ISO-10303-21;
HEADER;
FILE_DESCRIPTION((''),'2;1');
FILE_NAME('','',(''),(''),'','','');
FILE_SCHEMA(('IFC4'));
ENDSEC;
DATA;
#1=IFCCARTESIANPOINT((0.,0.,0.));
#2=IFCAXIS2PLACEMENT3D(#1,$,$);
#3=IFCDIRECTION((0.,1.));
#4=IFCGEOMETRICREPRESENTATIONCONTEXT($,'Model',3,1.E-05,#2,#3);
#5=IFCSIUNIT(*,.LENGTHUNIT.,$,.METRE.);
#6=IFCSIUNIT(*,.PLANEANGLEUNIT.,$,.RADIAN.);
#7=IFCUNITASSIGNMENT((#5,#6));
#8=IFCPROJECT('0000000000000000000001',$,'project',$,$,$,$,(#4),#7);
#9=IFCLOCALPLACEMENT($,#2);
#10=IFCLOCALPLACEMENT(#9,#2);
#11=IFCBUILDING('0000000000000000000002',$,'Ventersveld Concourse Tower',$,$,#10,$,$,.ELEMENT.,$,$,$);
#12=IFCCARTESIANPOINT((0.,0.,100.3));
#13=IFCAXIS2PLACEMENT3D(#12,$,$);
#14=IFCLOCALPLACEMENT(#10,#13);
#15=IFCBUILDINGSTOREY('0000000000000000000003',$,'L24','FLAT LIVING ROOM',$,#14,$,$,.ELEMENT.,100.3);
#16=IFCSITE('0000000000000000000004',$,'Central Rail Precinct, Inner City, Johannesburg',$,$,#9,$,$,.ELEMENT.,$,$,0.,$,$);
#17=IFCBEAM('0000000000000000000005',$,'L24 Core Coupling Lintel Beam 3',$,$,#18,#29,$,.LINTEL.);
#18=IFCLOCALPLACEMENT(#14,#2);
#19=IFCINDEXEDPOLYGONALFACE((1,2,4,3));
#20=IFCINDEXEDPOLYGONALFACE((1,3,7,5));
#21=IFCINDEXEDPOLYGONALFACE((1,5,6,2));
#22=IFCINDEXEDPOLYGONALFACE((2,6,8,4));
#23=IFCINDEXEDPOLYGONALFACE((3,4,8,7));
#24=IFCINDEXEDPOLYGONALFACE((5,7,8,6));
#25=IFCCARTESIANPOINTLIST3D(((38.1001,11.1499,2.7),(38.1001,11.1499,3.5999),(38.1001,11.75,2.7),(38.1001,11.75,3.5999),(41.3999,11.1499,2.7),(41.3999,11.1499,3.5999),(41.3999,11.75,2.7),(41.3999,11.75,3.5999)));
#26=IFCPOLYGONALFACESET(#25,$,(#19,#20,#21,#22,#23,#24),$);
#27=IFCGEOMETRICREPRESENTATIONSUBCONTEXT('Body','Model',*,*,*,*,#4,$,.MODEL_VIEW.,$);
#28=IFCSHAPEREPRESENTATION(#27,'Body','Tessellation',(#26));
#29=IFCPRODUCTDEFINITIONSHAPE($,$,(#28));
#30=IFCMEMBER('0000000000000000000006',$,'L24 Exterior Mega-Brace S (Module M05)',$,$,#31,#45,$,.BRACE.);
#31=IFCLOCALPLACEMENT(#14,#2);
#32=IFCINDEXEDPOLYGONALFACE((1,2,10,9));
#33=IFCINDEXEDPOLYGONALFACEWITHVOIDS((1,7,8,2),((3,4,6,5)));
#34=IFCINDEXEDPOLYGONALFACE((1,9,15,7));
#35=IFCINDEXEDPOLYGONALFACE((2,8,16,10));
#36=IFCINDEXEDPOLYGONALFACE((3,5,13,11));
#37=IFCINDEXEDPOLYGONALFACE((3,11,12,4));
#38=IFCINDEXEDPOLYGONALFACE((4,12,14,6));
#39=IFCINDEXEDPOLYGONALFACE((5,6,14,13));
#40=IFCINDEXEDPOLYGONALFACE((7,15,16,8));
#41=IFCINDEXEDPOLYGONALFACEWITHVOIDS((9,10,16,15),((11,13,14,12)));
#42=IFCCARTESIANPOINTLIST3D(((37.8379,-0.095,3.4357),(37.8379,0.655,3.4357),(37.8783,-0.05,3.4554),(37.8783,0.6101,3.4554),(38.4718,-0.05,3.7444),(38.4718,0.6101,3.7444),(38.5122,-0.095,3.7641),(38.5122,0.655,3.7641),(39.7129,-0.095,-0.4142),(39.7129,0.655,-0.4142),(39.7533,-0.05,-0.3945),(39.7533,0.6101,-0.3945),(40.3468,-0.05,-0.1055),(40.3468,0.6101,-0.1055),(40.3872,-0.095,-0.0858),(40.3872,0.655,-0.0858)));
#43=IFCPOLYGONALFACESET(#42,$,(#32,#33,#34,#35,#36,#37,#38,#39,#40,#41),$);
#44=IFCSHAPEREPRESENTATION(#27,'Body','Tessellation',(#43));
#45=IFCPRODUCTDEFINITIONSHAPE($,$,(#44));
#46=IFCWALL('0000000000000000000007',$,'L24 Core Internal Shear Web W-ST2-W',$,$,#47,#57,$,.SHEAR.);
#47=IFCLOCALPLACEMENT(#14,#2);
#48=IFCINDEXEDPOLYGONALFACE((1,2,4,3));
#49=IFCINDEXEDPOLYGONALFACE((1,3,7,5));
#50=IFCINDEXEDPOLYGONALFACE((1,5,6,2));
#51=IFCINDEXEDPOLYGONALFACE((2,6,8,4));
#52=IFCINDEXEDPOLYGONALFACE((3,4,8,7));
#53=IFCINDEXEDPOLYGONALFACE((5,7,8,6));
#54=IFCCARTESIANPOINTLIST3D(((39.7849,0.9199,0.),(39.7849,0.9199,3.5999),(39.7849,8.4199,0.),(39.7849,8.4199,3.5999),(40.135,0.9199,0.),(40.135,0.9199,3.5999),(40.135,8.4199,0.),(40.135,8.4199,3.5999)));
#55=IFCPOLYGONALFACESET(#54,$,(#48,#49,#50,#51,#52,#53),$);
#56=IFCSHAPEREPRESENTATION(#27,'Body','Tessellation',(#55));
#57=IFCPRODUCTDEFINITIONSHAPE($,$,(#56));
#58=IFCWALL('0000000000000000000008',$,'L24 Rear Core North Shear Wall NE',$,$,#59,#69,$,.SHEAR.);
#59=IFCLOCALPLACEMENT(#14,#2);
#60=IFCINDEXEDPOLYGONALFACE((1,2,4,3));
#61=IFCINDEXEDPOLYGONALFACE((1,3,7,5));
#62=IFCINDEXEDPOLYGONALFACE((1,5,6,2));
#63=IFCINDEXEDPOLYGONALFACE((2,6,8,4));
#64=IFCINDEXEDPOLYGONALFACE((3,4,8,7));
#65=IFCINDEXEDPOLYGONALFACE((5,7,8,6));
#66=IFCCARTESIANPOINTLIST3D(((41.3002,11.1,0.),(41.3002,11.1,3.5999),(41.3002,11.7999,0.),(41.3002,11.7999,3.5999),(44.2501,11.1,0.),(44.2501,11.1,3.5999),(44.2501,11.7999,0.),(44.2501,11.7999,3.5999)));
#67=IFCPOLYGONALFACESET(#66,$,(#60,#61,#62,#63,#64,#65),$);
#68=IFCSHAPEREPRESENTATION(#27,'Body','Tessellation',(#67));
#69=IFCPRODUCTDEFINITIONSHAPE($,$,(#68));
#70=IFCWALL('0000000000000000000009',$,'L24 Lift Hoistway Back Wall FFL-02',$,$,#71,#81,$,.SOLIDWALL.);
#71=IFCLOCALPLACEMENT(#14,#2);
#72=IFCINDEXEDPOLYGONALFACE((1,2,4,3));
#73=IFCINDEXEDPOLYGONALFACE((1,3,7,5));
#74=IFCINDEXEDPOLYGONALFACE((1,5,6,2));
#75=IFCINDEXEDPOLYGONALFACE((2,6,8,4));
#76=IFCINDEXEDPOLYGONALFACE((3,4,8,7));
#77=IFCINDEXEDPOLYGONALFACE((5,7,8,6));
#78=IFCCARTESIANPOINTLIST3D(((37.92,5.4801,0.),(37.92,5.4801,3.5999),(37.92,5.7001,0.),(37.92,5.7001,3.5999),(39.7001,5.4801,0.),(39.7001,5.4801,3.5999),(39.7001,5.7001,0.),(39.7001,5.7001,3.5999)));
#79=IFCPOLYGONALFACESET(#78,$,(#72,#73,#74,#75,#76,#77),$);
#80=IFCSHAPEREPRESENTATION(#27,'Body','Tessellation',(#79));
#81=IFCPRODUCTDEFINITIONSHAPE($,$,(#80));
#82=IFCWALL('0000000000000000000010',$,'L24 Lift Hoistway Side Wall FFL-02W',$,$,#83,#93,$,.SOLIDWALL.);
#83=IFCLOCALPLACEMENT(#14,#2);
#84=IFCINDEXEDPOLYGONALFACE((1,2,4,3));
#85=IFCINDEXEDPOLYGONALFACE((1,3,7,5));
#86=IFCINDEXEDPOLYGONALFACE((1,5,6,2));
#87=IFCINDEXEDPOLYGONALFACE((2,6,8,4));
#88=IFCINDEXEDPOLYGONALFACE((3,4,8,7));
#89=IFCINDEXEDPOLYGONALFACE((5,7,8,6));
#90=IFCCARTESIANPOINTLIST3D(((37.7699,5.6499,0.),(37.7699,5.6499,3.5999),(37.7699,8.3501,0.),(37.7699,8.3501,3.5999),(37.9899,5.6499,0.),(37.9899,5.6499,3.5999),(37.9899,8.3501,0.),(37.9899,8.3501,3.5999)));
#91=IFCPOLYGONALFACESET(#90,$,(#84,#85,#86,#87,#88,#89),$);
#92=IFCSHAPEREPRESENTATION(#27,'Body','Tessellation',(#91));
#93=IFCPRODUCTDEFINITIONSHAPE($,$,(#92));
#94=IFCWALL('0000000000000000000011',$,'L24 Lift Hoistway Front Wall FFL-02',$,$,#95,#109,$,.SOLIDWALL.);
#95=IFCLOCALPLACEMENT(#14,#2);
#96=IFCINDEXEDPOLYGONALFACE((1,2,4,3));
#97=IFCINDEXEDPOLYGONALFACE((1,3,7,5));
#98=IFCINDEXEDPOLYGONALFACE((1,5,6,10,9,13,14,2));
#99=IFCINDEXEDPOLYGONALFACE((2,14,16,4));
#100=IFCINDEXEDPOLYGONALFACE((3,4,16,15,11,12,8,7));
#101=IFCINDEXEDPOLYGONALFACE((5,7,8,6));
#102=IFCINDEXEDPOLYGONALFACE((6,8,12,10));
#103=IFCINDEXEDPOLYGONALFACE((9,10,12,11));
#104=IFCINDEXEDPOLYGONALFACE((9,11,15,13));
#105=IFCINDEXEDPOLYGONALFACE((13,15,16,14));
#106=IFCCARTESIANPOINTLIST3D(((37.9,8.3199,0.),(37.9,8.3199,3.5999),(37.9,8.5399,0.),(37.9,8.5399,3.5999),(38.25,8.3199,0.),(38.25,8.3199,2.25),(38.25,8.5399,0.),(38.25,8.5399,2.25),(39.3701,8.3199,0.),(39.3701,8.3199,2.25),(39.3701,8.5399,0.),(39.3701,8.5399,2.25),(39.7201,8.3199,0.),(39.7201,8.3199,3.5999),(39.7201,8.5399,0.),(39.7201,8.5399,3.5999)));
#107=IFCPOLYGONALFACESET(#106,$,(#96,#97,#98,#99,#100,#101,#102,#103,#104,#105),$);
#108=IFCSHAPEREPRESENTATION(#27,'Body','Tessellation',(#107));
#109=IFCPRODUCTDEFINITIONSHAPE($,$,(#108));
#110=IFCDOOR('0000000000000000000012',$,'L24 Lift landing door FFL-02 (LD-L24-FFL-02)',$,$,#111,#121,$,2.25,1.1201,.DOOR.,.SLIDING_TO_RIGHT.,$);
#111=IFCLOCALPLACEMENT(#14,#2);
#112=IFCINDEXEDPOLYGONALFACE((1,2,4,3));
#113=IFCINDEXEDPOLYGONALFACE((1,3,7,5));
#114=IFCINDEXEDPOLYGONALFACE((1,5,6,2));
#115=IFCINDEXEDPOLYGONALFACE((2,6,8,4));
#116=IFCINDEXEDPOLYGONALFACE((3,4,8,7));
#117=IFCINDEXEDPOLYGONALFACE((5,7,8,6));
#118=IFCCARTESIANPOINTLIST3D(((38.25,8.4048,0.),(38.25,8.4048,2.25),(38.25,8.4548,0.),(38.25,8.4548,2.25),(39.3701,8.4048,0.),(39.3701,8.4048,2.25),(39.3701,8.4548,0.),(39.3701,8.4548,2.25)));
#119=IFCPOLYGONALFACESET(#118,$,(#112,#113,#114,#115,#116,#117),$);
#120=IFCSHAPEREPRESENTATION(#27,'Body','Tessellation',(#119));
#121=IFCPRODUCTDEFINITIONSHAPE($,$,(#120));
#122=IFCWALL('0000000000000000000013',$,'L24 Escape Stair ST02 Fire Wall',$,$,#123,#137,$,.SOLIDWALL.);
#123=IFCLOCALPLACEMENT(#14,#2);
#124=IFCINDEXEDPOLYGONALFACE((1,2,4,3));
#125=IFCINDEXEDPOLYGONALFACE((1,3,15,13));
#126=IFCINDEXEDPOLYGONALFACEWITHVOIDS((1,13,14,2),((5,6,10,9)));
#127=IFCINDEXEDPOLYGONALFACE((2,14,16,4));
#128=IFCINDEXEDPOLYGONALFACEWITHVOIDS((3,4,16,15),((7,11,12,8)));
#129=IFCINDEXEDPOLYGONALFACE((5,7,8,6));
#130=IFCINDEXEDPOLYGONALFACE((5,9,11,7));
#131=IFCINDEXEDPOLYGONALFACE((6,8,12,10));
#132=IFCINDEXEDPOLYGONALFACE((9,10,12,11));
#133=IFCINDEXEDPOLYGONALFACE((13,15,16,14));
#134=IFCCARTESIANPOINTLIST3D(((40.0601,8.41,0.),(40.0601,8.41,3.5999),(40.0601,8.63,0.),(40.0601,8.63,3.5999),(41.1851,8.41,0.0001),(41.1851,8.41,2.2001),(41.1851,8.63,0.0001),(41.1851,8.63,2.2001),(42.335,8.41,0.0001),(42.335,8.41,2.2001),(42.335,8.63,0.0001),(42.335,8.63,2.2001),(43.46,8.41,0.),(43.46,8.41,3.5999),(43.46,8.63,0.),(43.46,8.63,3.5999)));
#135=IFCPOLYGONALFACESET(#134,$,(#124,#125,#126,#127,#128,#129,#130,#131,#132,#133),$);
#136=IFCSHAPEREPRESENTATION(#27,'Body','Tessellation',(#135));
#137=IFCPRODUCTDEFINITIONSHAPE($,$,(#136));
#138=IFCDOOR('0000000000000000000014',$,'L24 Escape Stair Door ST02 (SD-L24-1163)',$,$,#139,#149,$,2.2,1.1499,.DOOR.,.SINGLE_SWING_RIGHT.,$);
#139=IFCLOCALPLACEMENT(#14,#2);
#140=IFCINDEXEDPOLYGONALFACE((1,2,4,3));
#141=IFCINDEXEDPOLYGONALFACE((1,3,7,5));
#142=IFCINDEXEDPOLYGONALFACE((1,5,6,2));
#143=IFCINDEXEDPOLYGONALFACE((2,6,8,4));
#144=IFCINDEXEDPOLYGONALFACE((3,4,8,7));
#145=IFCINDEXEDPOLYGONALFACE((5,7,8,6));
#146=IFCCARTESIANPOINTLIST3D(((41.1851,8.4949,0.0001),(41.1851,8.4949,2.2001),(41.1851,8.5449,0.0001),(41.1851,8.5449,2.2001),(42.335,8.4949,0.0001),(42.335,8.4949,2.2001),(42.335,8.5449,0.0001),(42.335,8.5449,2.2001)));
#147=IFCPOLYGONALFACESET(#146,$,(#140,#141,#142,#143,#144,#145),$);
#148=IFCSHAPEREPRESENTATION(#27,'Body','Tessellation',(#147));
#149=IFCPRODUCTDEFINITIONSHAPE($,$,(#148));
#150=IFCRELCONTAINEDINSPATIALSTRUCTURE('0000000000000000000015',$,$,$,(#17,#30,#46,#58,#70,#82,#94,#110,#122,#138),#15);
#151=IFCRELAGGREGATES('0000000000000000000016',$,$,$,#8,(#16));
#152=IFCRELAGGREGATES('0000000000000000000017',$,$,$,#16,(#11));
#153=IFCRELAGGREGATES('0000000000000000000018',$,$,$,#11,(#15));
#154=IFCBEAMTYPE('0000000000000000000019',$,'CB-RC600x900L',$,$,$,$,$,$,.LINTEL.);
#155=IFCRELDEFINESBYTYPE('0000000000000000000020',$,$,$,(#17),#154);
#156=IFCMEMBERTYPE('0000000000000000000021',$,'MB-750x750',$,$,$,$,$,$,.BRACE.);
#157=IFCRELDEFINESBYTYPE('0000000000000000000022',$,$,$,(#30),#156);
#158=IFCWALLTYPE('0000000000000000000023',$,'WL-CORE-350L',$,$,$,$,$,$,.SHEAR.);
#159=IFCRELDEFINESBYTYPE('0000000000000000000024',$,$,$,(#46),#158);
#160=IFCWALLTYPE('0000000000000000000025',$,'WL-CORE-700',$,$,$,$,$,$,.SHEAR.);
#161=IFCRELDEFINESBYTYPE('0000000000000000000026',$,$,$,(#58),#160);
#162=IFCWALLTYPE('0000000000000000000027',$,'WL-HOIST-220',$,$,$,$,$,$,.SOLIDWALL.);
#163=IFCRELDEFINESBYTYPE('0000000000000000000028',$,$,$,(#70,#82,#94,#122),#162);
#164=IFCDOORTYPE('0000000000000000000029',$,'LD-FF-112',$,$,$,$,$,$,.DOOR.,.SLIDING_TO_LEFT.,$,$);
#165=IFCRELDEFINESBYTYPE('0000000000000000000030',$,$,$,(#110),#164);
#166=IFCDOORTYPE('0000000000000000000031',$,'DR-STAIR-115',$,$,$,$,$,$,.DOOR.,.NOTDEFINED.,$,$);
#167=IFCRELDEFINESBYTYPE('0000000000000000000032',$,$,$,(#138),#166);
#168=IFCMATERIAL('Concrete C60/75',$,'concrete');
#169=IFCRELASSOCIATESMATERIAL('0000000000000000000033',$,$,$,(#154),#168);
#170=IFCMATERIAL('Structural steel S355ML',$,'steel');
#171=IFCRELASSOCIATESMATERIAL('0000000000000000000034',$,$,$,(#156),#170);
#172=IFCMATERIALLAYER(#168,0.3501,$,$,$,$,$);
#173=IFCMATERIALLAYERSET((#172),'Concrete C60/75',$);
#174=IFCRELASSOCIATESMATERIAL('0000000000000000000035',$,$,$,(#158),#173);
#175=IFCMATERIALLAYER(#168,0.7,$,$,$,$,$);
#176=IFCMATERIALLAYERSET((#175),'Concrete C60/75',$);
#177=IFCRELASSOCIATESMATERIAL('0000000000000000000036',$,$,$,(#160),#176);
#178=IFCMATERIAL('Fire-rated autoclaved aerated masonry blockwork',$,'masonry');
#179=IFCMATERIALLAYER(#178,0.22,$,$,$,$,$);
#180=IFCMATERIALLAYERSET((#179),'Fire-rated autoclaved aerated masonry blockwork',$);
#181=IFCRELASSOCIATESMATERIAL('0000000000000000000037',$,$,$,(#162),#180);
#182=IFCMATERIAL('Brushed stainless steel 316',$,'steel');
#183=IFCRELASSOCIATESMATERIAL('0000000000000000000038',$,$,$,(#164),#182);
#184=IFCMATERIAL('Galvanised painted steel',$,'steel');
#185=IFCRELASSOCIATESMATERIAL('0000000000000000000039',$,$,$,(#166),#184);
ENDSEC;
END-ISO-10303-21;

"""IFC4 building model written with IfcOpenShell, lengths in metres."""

from ifc_helpers import new_model, si_unit, direction, frame, frame_2d, origin, origin_2d, place, context, subcontext, project, spatial, rectangle, hollow_rectangle, extrude, material, layer, layer_set, material_profile, profile_set, type_object, element, fill, save


model = new_model("IFC4")

# Units and contexts
model_context = context("Model", 3, precision=1e-05, world=origin(), true_north=direction((0.0, 1.0)))
body_context = subcontext(model_context, "Body", "Model", "MODEL_VIEW")
ifc_project = project(units=[si_unit("LENGTHUNIT", "METRE"), si_unit("PLANEANGLEUNIT", "RADIAN")], contexts=[model_context])

# Site, building, storey
site_placement = place(None, origin())
site = spatial("IfcSite", under=ifc_project, at=site_placement, Name="Central Rail Precinct, Inner City, Johannesburg", CompositionType="ELEMENT", RefElevation=0.0)
building_placement = place(site_placement, origin())
building = spatial("IfcBuilding", under=site, at=building_placement, Name="Ventersveld Concourse Tower", CompositionType="ELEMENT")
storey_placement = place(building_placement, frame((0.0, 0.0, 100.3)))
storey = spatial("IfcBuildingStorey", under=building, at=storey_placement, Name="L24", Description="FLAT LIVING ROOM", CompositionType="ELEMENT", Elevation=100.3)

# Beam
ifc_material_1 = material(Name="Concrete C60/75", Category="concrete")
ifc_material_profile_1 = material_profile(ifc_material_1, rectangle(XDim=0.6001, YDim=0.8999, at=origin_2d()), Name="RC 600x900")
ifc_profile_set_1 = profile_set([ifc_material_profile_1], Name="Concrete C60/75")
beam_type = type_object("IfcBeamType", Name="CB-RC600x900L", PredefinedType="LINTEL", material=ifc_profile_set_1)
beam_placement = place(storey_placement, frame((38.1001, 11.45, 3.1499), z_axis=(1.0, 0.0, 0.0), x_axis=(0.0, 1.0, 0.0)))
element("IfcBeam", 1, at=beam_placement, inside=storey, type_object=beam_type, Name="L24 Core Coupling Lintel Beam 3", PredefinedType="LINTEL", context=body_context, shape_type="SweptSolid", body=[
    extrude(rectangle(XDim=0.6001, YDim=0.8999, at=origin_2d()), origin(), (0.0, 0.0, 1.0), 3.2998),
])

# Member
ifc_material_2 = material(Name="Structural steel S355ML", Category="steel")
ifc_material_profile_2 = material_profile(ifc_material_2, hollow_rectangle(XDim=0.75, YDim=0.75, WallThickness=0.0449, at=origin_2d()), Name="BOX 750x750x45")
ifc_profile_set_2 = profile_set([ifc_material_profile_2], Name="Structural steel S355ML")
member_type = type_object("IfcMemberType", Name="MB-750x750", PredefinedType="BRACE", material=ifc_profile_set_2)
member_placement = place(storey_placement, frame((40.05, 0.28, -0.25), z_axis=(-0.437862, 0.0, 0.899042), x_axis=(0.0, -1.0, 0.0)))
element("IfcMember", 2, at=member_placement, inside=storey, type_object=member_type, Name="L24 Exterior Mega-Brace S (Module M05)", PredefinedType="BRACE", context=body_context, shape_type="SweptSolid", body=[
    extrude(hollow_rectangle(XDim=0.75, YDim=0.75, WallThickness=0.0449, at=origin_2d()), origin(), (0.0, 0.0, 1.0), 4.2822),
])

# Walls
ifc_layer_1 = layer(ifc_material_1, 0.3501)
ifc_layer_set_1 = layer_set([ifc_layer_1], Name="Concrete C60/75")
wall_type_1 = type_object("IfcWallType", Name="WL-CORE-350L", PredefinedType="SHEAR", material=ifc_layer_set_1)
wall_1_placement = place(storey_placement, frame((39.96, 0.9199, 0.0), z_axis=(0.0, 0.0, 1.0), x_axis=(0.0, 1.0, 0.0)))
element("IfcWall", 3, at=wall_1_placement, inside=storey, type_object=wall_type_1, Name="L24 Core Internal Shear Web W-ST2-W", PredefinedType="SHEAR", context=body_context, shape_type="SweptSolid", body=[
    extrude(rectangle(XDim=7.5, YDim=0.3501, at=frame_2d((3.75, 0.0))), origin(), (0.0, 0.0, 1.0), 3.5999),
])
ifc_layer_2 = layer(ifc_material_1, 0.7)
ifc_layer_set_2 = layer_set([ifc_layer_2], Name="Concrete C60/75")
wall_type_2 = type_object("IfcWallType", Name="WL-CORE-700", PredefinedType="SHEAR", material=ifc_layer_set_2)
wall_2_placement = place(storey_placement, frame((41.3, 11.45, 0.0), z_axis=(0.0, 0.0, 1.0), x_axis=(1.0, 0.0, 0.0)))
element("IfcWall", 4, at=wall_2_placement, inside=storey, type_object=wall_type_2, Name="L24 Rear Core North Shear Wall NE", PredefinedType="SHEAR", context=body_context, shape_type="SweptSolid", body=[
    extrude(rectangle(XDim=2.95, YDim=0.7, at=frame_2d((1.4751, 0.0))), origin(), (0.0, 0.0, 1.0), 3.5999),
])
ifc_material_3 = material(Name="Fire-rated autoclaved aerated masonry blockwork", Category="masonry")
ifc_layer_3 = layer(ifc_material_3, 0.22)
ifc_layer_set_3 = layer_set([ifc_layer_3], Name="Fire-rated autoclaved aerated masonry blockwork")
wall_type_3 = type_object("IfcWallType", Name="WL-HOIST-220", PredefinedType="SOLIDWALL", material=ifc_layer_set_3)
wall_3_placement = place(storey_placement, frame((37.9199, 5.5901, 0.0), z_axis=(0.0, 0.0, 1.0), x_axis=(1.0, 0.0, 0.0)))
element("IfcWall", 5, at=wall_3_placement, inside=storey, type_object=wall_type_3, Name="L24 Lift Hoistway Back Wall FFL-02", PredefinedType="SOLIDWALL", context=body_context, shape_type="SweptSolid", body=[
    extrude(rectangle(XDim=1.78, YDim=0.22, at=frame_2d((0.8901, 0.0))), origin(), (0.0, 0.0, 1.0), 3.5999),
])
wall_4_placement = place(storey_placement, frame((37.8799, 5.6499, 0.0), z_axis=(0.0, 0.0, 1.0), x_axis=(0.0, 1.0, 0.0)))
element("IfcWall", 6, at=wall_4_placement, inside=storey, type_object=wall_type_3, Name="L24 Lift Hoistway Side Wall FFL-02W", PredefinedType="SOLIDWALL", context=body_context, shape_type="SweptSolid", body=[
    extrude(rectangle(XDim=2.7002, YDim=0.22, at=frame_2d((1.3501, 0.0))), origin(), (0.0, 0.0, 1.0), 3.5999),
])

# Walls, openings, doors
wall_5_placement = place(storey_placement, frame((37.8999, 8.4299, 0.0), z_axis=(0.0, 0.0, 1.0), x_axis=(1.0, 0.0, 0.0)))
wall_5 = element("IfcWall", 7, at=wall_5_placement, inside=storey, type_object=wall_type_3, Name="L24 Lift Hoistway Front Wall FFL-02", PredefinedType="SOLIDWALL", context=body_context, shape_type="SweptSolid", body=[
    extrude(rectangle(XDim=1.8201, YDim=0.22, at=frame_2d((0.9102, 0.0))), origin(), (0.0, 0.0, 1.0), 3.5999),
])
opening_1_placement = place(wall_5_placement, frame((0.3501, 0.0, 0.0)))
opening_1 = element("IfcOpeningElement", 8, at=opening_1_placement, cuts=wall_5, PredefinedType="OPENING", context=body_context, shape_type="SweptSolid", body=[
    extrude(rectangle(XDim=1.1201, YDim=2.25, at=frame_2d((0.5601, 1.125))), frame((0.0, 0.1201, 0.0), z_axis=(0.0, -1.0, 0.0), x_axis=(1.0, 0.0, 0.0)), (0.0, 0.0, 1.0), 0.24),
])
ifc_material_4 = material(Name="Brushed stainless steel 316", Category="steel")
door_type_1 = type_object("IfcDoorType", Name="LD-FF-112", OperationType="SLIDING_TO_LEFT", PredefinedType="DOOR", material=ifc_material_4)
door_1_placement = place(opening_1_placement, origin())
door_1 = element("IfcDoor", 9, at=door_1_placement, inside=storey, type_object=door_type_1, Name="L24 Lift landing door FFL-02 (LD-L24-FFL-02)", OperationType="SLIDING_TO_RIGHT", OverallHeight=2.25, OverallWidth=1.1201, PredefinedType="DOOR", context=body_context, shape_type="SweptSolid", body=[
    extrude(rectangle(XDim=1.1201, YDim=2.25, at=frame_2d((0.5601, 1.125))), frame((0.0, 0.0249, 0.0), z_axis=(0.0, -1.0, 0.0), x_axis=(1.0, 0.0, 0.0)), (0.0, 0.0, 1.0), 0.05),
])
fill(opening_1, door_1)
wall_6_placement = place(storey_placement, frame((40.0601, 8.52, 0.0), z_axis=(0.0, 0.0, 1.0), x_axis=(1.0, 0.0, 0.0)))
wall_6 = element("IfcWall", 10, at=wall_6_placement, inside=storey, type_object=wall_type_3, Name="L24 Escape Stair ST02 Fire Wall", PredefinedType="SOLIDWALL", context=body_context, shape_type="SweptSolid", body=[
    extrude(rectangle(XDim=3.3999, YDim=0.22, at=frame_2d((1.7, 0.0))), origin(), (0.0, 0.0, 1.0), 3.5999),
])
opening_2_placement = place(wall_6_placement, frame((1.125, 0.0, 0.0)))
opening_2 = element("IfcOpeningElement", 11, at=opening_2_placement, cuts=wall_6, PredefinedType="OPENING", context=body_context, shape_type="SweptSolid", body=[
    extrude(rectangle(XDim=1.1499, YDim=2.2, at=frame_2d((0.575, 1.1001))), frame((0.0, 0.1201, 0.0), z_axis=(0.0, -1.0, 0.0), x_axis=(1.0, 0.0, 0.0)), (0.0, 0.0, 1.0), 0.24),
])
ifc_material_5 = material(Name="Galvanised painted steel", Category="steel")
door_type_2 = type_object("IfcDoorType", Name="DR-STAIR-115", OperationType="NOTDEFINED", PredefinedType="DOOR", material=ifc_material_5)
door_2_placement = place(opening_2_placement, origin())
door_2 = element("IfcDoor", 12, at=door_2_placement, inside=storey, type_object=door_type_2, Name="L24 Escape Stair Door ST02 (SD-L24-1163)", OperationType="SINGLE_SWING_RIGHT", OverallHeight=2.2, OverallWidth=1.1499, PredefinedType="DOOR", context=body_context, shape_type="SweptSolid", body=[
    extrude(rectangle(XDim=1.1499, YDim=2.2, at=frame_2d((0.575, 1.1001))), frame((0.0, 0.0249, 0.0), z_axis=(0.0, -1.0, 0.0), x_axis=(1.0, 0.0, 0.0)), (0.0, 0.0, 1.0), 0.05),
])
fill(opening_2, door_2)

save(model, "model.ifc")
